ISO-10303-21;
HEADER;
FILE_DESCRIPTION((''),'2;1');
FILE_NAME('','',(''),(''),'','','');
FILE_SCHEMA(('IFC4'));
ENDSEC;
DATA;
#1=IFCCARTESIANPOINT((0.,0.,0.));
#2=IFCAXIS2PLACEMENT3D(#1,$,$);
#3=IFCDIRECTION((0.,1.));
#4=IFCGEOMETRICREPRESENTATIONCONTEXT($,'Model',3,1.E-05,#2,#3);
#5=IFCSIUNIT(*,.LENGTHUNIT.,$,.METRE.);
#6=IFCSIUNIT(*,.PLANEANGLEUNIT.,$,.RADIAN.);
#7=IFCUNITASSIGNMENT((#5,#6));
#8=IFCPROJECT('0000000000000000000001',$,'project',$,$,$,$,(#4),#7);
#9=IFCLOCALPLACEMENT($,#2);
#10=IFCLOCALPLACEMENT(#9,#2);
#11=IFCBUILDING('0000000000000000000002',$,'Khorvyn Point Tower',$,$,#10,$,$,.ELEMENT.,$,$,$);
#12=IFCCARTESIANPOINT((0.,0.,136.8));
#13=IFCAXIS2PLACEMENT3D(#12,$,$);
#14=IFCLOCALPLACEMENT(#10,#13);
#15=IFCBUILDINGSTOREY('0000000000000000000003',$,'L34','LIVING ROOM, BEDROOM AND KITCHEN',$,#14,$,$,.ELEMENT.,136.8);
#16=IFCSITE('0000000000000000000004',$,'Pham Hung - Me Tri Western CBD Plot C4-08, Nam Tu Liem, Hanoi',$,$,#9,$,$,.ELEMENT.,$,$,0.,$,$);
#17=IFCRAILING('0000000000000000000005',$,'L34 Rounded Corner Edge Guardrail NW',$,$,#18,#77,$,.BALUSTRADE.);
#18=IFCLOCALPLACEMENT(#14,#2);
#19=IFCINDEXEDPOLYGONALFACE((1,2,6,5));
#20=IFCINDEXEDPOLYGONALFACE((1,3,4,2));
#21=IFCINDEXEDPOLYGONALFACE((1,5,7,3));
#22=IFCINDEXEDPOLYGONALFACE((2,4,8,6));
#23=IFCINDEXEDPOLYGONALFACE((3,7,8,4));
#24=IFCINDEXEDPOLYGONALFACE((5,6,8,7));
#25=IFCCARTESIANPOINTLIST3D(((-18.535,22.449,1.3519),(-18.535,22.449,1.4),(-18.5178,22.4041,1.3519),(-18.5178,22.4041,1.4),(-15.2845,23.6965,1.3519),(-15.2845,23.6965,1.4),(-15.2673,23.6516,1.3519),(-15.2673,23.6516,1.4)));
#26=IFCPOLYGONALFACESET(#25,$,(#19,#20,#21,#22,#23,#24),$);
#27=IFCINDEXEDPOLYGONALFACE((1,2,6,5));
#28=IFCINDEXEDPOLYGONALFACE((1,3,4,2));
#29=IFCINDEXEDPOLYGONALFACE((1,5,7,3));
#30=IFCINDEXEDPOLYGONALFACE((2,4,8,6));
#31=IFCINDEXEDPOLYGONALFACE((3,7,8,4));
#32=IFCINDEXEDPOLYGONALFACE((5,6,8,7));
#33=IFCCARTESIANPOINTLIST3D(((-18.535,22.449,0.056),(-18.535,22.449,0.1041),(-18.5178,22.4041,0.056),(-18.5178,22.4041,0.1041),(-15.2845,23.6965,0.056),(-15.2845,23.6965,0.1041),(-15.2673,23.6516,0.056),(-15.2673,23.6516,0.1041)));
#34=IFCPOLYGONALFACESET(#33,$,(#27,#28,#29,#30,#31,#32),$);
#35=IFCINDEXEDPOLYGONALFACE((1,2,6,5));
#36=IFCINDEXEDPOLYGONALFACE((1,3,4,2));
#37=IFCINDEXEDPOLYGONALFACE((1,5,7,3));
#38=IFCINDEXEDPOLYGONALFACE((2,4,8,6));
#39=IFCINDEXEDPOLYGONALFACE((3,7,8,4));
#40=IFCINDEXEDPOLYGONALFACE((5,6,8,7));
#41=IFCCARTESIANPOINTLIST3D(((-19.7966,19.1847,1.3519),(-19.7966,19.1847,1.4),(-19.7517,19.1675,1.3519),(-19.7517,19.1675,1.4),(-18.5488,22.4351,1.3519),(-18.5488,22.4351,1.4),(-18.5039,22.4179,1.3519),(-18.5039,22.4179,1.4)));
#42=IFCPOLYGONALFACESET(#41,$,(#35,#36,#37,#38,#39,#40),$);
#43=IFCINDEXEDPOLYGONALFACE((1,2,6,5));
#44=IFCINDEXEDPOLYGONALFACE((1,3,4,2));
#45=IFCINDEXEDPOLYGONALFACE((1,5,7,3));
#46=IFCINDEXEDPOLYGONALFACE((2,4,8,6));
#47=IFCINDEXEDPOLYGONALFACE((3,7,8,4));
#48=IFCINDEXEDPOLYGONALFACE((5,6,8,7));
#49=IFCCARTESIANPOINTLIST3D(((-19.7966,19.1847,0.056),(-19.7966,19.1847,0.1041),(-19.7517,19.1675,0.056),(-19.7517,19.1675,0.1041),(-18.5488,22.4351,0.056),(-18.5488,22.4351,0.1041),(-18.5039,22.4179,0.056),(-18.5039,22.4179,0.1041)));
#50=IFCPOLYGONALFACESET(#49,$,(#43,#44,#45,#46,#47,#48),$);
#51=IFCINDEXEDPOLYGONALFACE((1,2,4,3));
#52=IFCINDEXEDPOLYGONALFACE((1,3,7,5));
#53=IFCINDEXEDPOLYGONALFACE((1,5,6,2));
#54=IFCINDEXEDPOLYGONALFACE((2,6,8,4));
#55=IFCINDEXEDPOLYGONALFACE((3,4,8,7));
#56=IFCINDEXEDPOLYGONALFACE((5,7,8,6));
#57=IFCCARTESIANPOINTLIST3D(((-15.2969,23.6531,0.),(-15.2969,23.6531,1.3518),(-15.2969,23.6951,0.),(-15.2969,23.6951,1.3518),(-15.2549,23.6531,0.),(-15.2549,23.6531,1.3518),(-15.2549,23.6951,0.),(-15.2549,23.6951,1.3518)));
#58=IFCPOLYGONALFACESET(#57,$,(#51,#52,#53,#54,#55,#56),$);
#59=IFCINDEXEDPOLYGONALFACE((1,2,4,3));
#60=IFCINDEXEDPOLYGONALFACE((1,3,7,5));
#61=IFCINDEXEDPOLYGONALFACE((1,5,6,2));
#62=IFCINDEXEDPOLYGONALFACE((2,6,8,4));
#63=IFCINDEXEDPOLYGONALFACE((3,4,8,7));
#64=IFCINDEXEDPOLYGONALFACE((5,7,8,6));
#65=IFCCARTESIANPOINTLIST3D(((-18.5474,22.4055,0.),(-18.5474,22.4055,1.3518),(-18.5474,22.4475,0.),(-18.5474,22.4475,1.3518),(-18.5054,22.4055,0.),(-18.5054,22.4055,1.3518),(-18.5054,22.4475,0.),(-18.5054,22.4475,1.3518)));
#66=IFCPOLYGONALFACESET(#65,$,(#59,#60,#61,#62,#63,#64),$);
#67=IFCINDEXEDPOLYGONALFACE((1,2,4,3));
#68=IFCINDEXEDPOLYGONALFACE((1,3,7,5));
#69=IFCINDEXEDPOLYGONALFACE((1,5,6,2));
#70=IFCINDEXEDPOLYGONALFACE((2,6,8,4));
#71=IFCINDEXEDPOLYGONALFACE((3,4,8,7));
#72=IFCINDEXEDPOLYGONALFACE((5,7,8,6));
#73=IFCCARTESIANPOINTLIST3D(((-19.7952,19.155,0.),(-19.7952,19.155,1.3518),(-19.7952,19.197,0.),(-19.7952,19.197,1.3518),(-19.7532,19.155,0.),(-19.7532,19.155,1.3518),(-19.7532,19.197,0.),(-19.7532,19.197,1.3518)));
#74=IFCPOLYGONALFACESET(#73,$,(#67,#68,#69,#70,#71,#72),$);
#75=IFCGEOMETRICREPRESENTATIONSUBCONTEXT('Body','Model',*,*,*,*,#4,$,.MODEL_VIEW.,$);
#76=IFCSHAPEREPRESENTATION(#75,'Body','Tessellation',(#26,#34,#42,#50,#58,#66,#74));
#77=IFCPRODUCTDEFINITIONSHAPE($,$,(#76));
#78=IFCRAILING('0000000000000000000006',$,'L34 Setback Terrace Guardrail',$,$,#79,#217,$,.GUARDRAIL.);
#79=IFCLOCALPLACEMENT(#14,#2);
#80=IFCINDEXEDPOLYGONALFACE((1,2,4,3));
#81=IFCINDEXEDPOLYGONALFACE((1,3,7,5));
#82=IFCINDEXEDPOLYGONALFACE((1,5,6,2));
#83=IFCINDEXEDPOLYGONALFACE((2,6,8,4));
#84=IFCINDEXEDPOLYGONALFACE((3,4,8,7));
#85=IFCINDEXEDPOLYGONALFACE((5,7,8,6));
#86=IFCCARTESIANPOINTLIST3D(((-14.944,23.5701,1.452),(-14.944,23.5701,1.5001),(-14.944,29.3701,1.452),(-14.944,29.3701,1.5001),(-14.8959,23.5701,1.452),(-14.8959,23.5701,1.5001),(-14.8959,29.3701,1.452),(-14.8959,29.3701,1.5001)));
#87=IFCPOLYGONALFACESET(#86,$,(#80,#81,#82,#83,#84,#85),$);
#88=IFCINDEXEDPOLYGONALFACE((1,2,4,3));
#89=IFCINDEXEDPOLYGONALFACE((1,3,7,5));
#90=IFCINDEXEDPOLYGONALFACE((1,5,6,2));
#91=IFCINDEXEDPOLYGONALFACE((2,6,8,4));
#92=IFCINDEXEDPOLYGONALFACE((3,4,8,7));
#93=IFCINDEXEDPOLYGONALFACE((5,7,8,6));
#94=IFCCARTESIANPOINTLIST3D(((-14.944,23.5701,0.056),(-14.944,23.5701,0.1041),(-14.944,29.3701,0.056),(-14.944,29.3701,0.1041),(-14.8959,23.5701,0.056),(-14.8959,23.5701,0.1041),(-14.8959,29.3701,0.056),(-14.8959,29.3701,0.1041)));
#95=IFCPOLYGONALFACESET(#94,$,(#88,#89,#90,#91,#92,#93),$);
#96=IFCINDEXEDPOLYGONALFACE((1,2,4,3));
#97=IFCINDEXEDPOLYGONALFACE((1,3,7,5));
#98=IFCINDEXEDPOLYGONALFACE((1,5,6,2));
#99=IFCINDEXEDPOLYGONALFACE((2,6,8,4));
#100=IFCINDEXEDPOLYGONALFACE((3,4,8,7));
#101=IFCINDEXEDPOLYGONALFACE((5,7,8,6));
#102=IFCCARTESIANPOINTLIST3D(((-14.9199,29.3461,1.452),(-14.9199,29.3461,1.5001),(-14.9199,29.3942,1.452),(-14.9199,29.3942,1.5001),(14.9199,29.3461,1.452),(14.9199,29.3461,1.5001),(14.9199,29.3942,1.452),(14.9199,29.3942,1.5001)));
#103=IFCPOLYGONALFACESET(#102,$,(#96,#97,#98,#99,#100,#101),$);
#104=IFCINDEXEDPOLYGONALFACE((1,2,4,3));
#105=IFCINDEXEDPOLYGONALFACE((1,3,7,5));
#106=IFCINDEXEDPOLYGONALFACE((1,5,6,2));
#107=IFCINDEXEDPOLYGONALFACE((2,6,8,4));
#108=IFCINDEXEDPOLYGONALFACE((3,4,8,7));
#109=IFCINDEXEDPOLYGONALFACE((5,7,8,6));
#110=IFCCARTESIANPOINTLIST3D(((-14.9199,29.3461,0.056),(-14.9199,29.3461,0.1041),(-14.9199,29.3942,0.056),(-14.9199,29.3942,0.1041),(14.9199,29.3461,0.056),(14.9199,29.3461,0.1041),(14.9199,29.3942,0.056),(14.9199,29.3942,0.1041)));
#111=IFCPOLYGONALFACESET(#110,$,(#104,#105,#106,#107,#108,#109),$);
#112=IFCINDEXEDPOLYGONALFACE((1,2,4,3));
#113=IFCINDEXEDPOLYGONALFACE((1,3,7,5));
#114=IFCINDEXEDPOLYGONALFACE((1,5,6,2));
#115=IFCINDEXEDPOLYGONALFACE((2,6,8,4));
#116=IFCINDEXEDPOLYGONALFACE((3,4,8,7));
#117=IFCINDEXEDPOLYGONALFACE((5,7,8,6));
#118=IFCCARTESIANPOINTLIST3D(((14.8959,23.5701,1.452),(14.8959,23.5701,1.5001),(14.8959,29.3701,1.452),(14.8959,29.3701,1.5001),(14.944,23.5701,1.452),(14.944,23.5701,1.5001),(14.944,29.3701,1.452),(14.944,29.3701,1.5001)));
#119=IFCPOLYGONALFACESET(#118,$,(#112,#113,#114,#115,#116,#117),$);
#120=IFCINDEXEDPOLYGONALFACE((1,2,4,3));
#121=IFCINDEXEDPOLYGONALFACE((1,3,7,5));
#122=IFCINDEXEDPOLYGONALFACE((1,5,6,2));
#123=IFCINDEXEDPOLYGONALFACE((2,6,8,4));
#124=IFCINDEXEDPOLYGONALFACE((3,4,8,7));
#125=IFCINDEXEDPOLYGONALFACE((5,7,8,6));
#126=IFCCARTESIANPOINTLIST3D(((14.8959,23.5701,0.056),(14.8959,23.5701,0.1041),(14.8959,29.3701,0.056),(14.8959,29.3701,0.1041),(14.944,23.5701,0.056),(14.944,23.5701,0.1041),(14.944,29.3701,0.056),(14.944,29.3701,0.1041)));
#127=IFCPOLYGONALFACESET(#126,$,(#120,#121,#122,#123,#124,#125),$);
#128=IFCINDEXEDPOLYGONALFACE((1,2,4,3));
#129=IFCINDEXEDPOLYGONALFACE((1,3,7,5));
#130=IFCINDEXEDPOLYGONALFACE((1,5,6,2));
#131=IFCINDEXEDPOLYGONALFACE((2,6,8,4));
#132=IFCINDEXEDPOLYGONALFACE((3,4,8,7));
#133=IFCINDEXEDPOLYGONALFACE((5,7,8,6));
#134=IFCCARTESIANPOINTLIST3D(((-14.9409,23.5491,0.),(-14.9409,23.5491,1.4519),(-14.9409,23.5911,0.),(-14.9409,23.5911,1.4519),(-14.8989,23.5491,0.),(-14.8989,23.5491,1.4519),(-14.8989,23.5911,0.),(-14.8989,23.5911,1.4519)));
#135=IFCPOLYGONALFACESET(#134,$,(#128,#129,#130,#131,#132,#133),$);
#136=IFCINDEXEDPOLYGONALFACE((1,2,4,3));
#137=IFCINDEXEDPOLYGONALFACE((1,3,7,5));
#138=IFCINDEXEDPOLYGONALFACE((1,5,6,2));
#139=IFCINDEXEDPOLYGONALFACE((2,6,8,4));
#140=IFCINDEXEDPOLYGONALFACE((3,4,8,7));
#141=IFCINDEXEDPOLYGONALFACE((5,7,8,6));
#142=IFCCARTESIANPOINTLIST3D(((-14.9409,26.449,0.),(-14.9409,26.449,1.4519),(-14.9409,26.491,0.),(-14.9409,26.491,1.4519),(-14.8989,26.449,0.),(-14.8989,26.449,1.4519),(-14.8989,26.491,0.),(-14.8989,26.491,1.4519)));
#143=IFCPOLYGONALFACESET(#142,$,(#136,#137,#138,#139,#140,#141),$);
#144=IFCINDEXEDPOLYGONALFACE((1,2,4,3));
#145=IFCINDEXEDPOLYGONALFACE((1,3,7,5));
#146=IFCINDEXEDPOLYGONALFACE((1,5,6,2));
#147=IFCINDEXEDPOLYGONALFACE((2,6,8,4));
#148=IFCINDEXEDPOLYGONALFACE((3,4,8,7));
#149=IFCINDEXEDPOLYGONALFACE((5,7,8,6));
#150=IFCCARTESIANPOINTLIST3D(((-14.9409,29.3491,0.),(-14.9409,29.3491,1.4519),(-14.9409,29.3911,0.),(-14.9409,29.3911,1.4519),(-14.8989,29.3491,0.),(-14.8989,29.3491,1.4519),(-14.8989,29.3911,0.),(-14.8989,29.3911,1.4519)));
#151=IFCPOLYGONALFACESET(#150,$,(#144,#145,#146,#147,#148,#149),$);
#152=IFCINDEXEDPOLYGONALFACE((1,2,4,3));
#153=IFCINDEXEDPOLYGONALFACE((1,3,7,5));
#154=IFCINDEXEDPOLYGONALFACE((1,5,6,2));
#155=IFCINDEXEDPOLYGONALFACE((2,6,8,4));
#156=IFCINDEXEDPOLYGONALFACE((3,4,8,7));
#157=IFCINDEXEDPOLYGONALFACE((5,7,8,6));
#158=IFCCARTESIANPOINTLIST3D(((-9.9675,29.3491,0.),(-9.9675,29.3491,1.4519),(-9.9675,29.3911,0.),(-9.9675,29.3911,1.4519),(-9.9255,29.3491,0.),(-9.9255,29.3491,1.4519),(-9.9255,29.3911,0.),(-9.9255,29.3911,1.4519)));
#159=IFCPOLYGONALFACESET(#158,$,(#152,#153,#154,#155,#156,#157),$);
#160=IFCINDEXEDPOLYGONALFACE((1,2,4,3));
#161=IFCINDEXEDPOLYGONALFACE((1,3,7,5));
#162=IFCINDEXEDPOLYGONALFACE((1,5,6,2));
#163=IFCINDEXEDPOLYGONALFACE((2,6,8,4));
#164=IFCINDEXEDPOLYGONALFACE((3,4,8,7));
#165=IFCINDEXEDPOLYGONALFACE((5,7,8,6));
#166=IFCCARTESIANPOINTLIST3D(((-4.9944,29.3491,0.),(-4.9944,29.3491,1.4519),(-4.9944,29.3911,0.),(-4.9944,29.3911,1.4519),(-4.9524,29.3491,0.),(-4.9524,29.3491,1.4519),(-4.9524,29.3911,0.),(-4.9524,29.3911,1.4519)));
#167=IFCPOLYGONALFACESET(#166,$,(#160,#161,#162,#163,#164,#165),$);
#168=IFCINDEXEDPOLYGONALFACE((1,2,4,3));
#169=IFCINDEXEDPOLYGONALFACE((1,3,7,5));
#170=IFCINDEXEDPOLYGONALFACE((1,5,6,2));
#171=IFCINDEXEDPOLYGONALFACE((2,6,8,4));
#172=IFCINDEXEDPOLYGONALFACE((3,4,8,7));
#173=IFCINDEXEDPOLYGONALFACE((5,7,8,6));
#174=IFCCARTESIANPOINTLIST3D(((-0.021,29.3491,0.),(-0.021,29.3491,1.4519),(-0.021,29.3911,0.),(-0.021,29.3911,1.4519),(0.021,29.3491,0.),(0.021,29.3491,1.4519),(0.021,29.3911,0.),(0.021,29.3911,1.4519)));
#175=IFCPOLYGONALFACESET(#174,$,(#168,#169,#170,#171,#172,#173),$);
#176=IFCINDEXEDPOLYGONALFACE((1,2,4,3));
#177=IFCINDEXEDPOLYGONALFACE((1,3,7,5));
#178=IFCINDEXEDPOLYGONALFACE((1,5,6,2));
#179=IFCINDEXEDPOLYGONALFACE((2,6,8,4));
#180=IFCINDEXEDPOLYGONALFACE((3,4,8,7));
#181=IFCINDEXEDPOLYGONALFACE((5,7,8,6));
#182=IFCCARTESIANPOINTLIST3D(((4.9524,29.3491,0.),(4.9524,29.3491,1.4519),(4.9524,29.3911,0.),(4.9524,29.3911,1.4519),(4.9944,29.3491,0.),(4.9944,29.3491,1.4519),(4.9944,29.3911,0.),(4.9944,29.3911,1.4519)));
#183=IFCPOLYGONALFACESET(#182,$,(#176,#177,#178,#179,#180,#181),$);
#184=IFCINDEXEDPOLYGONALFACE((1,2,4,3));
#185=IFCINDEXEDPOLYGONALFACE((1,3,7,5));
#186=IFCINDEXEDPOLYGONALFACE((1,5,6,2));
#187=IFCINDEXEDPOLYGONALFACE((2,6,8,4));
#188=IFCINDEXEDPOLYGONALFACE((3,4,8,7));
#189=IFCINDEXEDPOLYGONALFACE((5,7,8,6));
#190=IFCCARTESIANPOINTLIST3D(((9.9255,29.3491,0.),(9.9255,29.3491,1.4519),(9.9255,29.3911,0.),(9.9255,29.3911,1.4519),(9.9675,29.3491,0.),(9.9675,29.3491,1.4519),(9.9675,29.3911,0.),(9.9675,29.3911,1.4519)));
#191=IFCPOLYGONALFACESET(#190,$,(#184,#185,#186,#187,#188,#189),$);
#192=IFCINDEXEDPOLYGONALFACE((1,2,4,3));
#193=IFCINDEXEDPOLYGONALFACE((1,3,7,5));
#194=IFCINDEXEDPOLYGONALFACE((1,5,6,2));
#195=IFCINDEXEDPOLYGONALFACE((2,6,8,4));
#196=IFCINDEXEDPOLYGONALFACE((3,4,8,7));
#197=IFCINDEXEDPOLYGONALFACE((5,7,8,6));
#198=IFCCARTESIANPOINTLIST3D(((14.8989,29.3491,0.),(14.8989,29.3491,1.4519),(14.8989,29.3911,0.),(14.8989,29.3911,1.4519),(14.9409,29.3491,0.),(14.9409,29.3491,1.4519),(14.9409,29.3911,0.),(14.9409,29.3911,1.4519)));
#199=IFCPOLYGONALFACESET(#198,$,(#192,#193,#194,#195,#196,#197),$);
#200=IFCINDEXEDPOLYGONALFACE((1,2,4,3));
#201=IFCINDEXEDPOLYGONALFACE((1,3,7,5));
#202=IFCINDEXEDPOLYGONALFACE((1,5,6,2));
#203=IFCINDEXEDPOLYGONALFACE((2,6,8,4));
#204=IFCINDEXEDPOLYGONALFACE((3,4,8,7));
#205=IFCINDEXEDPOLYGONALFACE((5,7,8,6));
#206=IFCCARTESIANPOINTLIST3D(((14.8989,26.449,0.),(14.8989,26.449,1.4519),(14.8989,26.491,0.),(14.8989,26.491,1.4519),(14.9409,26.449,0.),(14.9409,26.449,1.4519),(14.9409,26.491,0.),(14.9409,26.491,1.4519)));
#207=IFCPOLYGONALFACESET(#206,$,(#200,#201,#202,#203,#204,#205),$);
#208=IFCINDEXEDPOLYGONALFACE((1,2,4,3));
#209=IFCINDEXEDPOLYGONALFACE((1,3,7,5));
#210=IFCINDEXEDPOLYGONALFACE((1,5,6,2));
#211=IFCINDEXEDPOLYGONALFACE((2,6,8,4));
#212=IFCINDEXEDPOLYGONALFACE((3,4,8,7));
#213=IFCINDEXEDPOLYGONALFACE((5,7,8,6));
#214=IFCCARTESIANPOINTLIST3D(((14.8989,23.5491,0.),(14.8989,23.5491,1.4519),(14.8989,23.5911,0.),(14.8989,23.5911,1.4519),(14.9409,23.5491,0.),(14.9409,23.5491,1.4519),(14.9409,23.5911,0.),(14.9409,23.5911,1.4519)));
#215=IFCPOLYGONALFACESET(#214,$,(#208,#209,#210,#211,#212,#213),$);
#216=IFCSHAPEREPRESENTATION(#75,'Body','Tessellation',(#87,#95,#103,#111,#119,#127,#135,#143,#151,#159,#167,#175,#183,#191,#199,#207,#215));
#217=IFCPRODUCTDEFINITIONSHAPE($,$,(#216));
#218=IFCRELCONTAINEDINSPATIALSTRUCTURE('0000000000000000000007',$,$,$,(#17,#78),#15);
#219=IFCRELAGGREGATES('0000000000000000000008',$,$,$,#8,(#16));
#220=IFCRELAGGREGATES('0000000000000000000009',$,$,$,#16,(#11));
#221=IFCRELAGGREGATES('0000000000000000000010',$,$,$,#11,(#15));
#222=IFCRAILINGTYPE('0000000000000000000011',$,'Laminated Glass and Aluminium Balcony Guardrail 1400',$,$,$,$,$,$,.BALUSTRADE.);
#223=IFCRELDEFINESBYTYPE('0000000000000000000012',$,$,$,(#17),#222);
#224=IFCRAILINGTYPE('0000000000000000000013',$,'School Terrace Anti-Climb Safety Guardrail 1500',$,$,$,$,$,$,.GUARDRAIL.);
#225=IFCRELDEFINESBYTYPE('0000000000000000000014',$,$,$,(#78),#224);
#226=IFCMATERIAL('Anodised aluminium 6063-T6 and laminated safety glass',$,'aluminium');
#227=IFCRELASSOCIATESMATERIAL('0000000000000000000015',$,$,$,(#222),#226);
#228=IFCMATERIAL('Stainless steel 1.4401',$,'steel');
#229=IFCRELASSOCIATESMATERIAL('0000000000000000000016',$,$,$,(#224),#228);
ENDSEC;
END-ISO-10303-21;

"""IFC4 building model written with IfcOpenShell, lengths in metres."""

from ifc_helpers import new_model, si_unit, direction, frame, origin, origin_2d, place, context, subcontext, project, spatial, rectangle, extrude, material, type_object, element, save


model = new_model("IFC4")

# Units and contexts
model_context = context("Model", 3, precision=1e-05, world=origin(), true_north=direction((0.0, 1.0)))
body_context = subcontext(model_context, "Body", "Model", "MODEL_VIEW")
ifc_project = project(units=[si_unit("LENGTHUNIT", "METRE"), si_unit("PLANEANGLEUNIT", "RADIAN")], contexts=[model_context])

# Site, building, storey
site_placement = place(None, origin())
site = spatial("IfcSite", under=ifc_project, at=site_placement, Name="Pham Hung - Me Tri Western CBD Plot C4-08, Nam Tu Liem, Hanoi", CompositionType="ELEMENT", RefElevation=0.0)
building_placement = place(site_placement, origin())
building = spatial("IfcBuilding", under=site, at=building_placement, Name="Khorvyn Point Tower", CompositionType="ELEMENT")
storey_placement = place(building_placement, frame((0.0, 0.0, 136.8)))
storey = spatial("IfcBuildingStorey", under=building, at=storey_placement, Name="L34", Description="LIVING ROOM, BEDROOM AND KITCHEN", CompositionType="ELEMENT", Elevation=136.8)

# Railings
ifc_material_1 = material(Name="Anodised aluminium 6063-T6 and laminated safety glass", Category="aluminium")
railing_type_1 = type_object("IfcRailingType", Name="Laminated Glass and Aluminium Balcony Guardrail 1400", PredefinedType="BALUSTRADE", material=ifc_material_1)
railing_1_placement = place(storey_placement, frame((-15.2759, 23.6741, 0.0)))
element("IfcRailing", 1, at=railing_1_placement, inside=storey, type_object=railing_type_1, Name="L34 Rounded Corner Edge Guardrail NW", PredefinedType="BALUSTRADE", context=body_context, shape_type="SweptSolid", body=[
    extrude(rectangle(XDim=0.0481, YDim=0.0481, at=origin_2d()), frame((0.0, 0.0, 1.376), z_axis=(-0.933598, -0.358321, 0.0), x_axis=(0.358321, -0.933598, 0.0)), (0.0, 0.0, 1.0), 3.4817),
    extrude(rectangle(XDim=0.0481, YDim=0.0481, at=origin_2d()), frame((0.0, 0.0, 0.0801), z_axis=(-0.933598, -0.358321, 0.0), x_axis=(0.358321, -0.933598, 0.0)), (0.0, 0.0, 1.0), 3.4817),
    extrude(rectangle(XDim=0.0481, YDim=0.0481, at=origin_2d()), frame((-3.2505, -1.2476, 1.376), z_axis=(-0.358382, -0.933575, 0.0), x_axis=(0.933575, -0.358382, 0.0)), (0.0, 0.0, 1.0), 3.4817),
    extrude(rectangle(XDim=0.0481, YDim=0.0481, at=origin_2d()), frame((-3.2505, -1.2476, 0.0801), z_axis=(-0.358382, -0.933575, 0.0), x_axis=(0.933575, -0.358382, 0.0)), (0.0, 0.0, 1.0), 3.4817),
    extrude(rectangle(XDim=0.042, YDim=0.042, at=origin_2d()), origin(), (0.0, 0.0, 1.0), 1.3518),
    extrude(rectangle(XDim=0.042, YDim=0.042, at=origin_2d()), frame((-3.2505, -1.2476, 0.0)), (0.0, 0.0, 1.0), 1.3518),
    extrude(rectangle(XDim=0.042, YDim=0.042, at=origin_2d()), frame((-4.4983, -4.498, 0.0)), (0.0, 0.0, 1.0), 1.3518),
])
ifc_material_2 = material(Name="Stainless steel 1.4401", Category="steel")
railing_type_2 = type_object("IfcRailingType", Name="School Terrace Anti-Climb Safety Guardrail 1500", PredefinedType="GUARDRAIL", material=ifc_material_2)
railing_2_placement = place(storey_placement, frame((-14.9199, 23.5701, 0.0)))
element("IfcRailing", 2, at=railing_2_placement, inside=storey, type_object=railing_type_2, Name="L34 Setback Terrace Guardrail", PredefinedType="GUARDRAIL", context=body_context, shape_type="SweptSolid", body=[
    extrude(rectangle(XDim=0.0481, YDim=0.0481, at=origin_2d()), frame((0.0, 0.0, 1.4761), z_axis=(0.0, 1.0, 0.0), x_axis=(-1.0, 0.0, 0.0)), (0.0, 0.0, 1.0), 5.8),
    extrude(rectangle(XDim=0.0481, YDim=0.0481, at=origin_2d()), frame((0.0, 0.0, 0.0801), z_axis=(0.0, 1.0, 0.0), x_axis=(-1.0, 0.0, 0.0)), (0.0, 0.0, 1.0), 5.8),
    extrude(rectangle(XDim=0.0481, YDim=0.0481, at=origin_2d()), frame((0.0, 5.8, 1.4761), z_axis=(1.0, 0.0, 0.0), x_axis=(0.0, 1.0, 0.0)), (0.0, 0.0, 1.0), 29.8398),
    extrude(rectangle(XDim=0.0481, YDim=0.0481, at=origin_2d()), frame((0.0, 5.8, 0.0801), z_axis=(1.0, 0.0, 0.0), x_axis=(0.0, 1.0, 0.0)), (0.0, 0.0, 1.0), 29.8398),
    extrude(rectangle(XDim=0.0481, YDim=0.0481, at=origin_2d()), frame((29.8398, 5.8, 1.4761), z_axis=(0.0, -1.0, 0.0), x_axis=(1.0, 0.0, 0.0)), (0.0, 0.0, 1.0), 5.8),
    extrude(rectangle(XDim=0.0481, YDim=0.0481, at=origin_2d()), frame((29.8398, 5.8, 0.0801), z_axis=(0.0, -1.0, 0.0), x_axis=(1.0, 0.0, 0.0)), (0.0, 0.0, 1.0), 5.8),
    extrude(rectangle(XDim=0.042, YDim=0.042, at=origin_2d()), origin(), (0.0, 0.0, 1.0), 1.4519),
    extrude(rectangle(XDim=0.042, YDim=0.042, at=origin_2d()), frame((0.0, 2.8999, 0.0)), (0.0, 0.0, 1.0), 1.4519),
    extrude(rectangle(XDim=0.042, YDim=0.042, at=origin_2d()), frame((0.0, 5.8, 0.0)), (0.0, 0.0, 1.0), 1.4519),
    extrude(rectangle(XDim=0.042, YDim=0.042, at=origin_2d()), frame((4.9734, 5.8, 0.0)), (0.0, 0.0, 1.0), 1.4519),
    extrude(rectangle(XDim=0.042, YDim=0.042, at=origin_2d()), frame((9.9465, 5.8, 0.0)), (0.0, 0.0, 1.0), 1.4519),
    extrude(rectangle(XDim=0.042, YDim=0.042, at=origin_2d()), frame((14.9199, 5.8, 0.0)), (0.0, 0.0, 1.0), 1.4519),
    extrude(rectangle(XDim=0.042, YDim=0.042, at=origin_2d()), frame((19.8933, 5.8, 0.0)), (0.0, 0.0, 1.0), 1.4519),
    extrude(rectangle(XDim=0.042, YDim=0.042, at=origin_2d()), frame((24.8665, 5.8, 0.0)), (0.0, 0.0, 1.0), 1.4519),
    extrude(rectangle(XDim=0.042, YDim=0.042, at=origin_2d()), frame((29.8398, 5.8, 0.0)), (0.0, 0.0, 1.0), 1.4519),
    extrude(rectangle(XDim=0.042, YDim=0.042, at=origin_2d()), frame((29.8398, 2.8999, 0.0)), (0.0, 0.0, 1.0), 1.4519),
    extrude(rectangle(XDim=0.042, YDim=0.042, at=origin_2d()), frame((29.8398, 0.0, 0.0)), (0.0, 0.0, 1.0), 1.4519),
])

save(model, "model.ifc")
